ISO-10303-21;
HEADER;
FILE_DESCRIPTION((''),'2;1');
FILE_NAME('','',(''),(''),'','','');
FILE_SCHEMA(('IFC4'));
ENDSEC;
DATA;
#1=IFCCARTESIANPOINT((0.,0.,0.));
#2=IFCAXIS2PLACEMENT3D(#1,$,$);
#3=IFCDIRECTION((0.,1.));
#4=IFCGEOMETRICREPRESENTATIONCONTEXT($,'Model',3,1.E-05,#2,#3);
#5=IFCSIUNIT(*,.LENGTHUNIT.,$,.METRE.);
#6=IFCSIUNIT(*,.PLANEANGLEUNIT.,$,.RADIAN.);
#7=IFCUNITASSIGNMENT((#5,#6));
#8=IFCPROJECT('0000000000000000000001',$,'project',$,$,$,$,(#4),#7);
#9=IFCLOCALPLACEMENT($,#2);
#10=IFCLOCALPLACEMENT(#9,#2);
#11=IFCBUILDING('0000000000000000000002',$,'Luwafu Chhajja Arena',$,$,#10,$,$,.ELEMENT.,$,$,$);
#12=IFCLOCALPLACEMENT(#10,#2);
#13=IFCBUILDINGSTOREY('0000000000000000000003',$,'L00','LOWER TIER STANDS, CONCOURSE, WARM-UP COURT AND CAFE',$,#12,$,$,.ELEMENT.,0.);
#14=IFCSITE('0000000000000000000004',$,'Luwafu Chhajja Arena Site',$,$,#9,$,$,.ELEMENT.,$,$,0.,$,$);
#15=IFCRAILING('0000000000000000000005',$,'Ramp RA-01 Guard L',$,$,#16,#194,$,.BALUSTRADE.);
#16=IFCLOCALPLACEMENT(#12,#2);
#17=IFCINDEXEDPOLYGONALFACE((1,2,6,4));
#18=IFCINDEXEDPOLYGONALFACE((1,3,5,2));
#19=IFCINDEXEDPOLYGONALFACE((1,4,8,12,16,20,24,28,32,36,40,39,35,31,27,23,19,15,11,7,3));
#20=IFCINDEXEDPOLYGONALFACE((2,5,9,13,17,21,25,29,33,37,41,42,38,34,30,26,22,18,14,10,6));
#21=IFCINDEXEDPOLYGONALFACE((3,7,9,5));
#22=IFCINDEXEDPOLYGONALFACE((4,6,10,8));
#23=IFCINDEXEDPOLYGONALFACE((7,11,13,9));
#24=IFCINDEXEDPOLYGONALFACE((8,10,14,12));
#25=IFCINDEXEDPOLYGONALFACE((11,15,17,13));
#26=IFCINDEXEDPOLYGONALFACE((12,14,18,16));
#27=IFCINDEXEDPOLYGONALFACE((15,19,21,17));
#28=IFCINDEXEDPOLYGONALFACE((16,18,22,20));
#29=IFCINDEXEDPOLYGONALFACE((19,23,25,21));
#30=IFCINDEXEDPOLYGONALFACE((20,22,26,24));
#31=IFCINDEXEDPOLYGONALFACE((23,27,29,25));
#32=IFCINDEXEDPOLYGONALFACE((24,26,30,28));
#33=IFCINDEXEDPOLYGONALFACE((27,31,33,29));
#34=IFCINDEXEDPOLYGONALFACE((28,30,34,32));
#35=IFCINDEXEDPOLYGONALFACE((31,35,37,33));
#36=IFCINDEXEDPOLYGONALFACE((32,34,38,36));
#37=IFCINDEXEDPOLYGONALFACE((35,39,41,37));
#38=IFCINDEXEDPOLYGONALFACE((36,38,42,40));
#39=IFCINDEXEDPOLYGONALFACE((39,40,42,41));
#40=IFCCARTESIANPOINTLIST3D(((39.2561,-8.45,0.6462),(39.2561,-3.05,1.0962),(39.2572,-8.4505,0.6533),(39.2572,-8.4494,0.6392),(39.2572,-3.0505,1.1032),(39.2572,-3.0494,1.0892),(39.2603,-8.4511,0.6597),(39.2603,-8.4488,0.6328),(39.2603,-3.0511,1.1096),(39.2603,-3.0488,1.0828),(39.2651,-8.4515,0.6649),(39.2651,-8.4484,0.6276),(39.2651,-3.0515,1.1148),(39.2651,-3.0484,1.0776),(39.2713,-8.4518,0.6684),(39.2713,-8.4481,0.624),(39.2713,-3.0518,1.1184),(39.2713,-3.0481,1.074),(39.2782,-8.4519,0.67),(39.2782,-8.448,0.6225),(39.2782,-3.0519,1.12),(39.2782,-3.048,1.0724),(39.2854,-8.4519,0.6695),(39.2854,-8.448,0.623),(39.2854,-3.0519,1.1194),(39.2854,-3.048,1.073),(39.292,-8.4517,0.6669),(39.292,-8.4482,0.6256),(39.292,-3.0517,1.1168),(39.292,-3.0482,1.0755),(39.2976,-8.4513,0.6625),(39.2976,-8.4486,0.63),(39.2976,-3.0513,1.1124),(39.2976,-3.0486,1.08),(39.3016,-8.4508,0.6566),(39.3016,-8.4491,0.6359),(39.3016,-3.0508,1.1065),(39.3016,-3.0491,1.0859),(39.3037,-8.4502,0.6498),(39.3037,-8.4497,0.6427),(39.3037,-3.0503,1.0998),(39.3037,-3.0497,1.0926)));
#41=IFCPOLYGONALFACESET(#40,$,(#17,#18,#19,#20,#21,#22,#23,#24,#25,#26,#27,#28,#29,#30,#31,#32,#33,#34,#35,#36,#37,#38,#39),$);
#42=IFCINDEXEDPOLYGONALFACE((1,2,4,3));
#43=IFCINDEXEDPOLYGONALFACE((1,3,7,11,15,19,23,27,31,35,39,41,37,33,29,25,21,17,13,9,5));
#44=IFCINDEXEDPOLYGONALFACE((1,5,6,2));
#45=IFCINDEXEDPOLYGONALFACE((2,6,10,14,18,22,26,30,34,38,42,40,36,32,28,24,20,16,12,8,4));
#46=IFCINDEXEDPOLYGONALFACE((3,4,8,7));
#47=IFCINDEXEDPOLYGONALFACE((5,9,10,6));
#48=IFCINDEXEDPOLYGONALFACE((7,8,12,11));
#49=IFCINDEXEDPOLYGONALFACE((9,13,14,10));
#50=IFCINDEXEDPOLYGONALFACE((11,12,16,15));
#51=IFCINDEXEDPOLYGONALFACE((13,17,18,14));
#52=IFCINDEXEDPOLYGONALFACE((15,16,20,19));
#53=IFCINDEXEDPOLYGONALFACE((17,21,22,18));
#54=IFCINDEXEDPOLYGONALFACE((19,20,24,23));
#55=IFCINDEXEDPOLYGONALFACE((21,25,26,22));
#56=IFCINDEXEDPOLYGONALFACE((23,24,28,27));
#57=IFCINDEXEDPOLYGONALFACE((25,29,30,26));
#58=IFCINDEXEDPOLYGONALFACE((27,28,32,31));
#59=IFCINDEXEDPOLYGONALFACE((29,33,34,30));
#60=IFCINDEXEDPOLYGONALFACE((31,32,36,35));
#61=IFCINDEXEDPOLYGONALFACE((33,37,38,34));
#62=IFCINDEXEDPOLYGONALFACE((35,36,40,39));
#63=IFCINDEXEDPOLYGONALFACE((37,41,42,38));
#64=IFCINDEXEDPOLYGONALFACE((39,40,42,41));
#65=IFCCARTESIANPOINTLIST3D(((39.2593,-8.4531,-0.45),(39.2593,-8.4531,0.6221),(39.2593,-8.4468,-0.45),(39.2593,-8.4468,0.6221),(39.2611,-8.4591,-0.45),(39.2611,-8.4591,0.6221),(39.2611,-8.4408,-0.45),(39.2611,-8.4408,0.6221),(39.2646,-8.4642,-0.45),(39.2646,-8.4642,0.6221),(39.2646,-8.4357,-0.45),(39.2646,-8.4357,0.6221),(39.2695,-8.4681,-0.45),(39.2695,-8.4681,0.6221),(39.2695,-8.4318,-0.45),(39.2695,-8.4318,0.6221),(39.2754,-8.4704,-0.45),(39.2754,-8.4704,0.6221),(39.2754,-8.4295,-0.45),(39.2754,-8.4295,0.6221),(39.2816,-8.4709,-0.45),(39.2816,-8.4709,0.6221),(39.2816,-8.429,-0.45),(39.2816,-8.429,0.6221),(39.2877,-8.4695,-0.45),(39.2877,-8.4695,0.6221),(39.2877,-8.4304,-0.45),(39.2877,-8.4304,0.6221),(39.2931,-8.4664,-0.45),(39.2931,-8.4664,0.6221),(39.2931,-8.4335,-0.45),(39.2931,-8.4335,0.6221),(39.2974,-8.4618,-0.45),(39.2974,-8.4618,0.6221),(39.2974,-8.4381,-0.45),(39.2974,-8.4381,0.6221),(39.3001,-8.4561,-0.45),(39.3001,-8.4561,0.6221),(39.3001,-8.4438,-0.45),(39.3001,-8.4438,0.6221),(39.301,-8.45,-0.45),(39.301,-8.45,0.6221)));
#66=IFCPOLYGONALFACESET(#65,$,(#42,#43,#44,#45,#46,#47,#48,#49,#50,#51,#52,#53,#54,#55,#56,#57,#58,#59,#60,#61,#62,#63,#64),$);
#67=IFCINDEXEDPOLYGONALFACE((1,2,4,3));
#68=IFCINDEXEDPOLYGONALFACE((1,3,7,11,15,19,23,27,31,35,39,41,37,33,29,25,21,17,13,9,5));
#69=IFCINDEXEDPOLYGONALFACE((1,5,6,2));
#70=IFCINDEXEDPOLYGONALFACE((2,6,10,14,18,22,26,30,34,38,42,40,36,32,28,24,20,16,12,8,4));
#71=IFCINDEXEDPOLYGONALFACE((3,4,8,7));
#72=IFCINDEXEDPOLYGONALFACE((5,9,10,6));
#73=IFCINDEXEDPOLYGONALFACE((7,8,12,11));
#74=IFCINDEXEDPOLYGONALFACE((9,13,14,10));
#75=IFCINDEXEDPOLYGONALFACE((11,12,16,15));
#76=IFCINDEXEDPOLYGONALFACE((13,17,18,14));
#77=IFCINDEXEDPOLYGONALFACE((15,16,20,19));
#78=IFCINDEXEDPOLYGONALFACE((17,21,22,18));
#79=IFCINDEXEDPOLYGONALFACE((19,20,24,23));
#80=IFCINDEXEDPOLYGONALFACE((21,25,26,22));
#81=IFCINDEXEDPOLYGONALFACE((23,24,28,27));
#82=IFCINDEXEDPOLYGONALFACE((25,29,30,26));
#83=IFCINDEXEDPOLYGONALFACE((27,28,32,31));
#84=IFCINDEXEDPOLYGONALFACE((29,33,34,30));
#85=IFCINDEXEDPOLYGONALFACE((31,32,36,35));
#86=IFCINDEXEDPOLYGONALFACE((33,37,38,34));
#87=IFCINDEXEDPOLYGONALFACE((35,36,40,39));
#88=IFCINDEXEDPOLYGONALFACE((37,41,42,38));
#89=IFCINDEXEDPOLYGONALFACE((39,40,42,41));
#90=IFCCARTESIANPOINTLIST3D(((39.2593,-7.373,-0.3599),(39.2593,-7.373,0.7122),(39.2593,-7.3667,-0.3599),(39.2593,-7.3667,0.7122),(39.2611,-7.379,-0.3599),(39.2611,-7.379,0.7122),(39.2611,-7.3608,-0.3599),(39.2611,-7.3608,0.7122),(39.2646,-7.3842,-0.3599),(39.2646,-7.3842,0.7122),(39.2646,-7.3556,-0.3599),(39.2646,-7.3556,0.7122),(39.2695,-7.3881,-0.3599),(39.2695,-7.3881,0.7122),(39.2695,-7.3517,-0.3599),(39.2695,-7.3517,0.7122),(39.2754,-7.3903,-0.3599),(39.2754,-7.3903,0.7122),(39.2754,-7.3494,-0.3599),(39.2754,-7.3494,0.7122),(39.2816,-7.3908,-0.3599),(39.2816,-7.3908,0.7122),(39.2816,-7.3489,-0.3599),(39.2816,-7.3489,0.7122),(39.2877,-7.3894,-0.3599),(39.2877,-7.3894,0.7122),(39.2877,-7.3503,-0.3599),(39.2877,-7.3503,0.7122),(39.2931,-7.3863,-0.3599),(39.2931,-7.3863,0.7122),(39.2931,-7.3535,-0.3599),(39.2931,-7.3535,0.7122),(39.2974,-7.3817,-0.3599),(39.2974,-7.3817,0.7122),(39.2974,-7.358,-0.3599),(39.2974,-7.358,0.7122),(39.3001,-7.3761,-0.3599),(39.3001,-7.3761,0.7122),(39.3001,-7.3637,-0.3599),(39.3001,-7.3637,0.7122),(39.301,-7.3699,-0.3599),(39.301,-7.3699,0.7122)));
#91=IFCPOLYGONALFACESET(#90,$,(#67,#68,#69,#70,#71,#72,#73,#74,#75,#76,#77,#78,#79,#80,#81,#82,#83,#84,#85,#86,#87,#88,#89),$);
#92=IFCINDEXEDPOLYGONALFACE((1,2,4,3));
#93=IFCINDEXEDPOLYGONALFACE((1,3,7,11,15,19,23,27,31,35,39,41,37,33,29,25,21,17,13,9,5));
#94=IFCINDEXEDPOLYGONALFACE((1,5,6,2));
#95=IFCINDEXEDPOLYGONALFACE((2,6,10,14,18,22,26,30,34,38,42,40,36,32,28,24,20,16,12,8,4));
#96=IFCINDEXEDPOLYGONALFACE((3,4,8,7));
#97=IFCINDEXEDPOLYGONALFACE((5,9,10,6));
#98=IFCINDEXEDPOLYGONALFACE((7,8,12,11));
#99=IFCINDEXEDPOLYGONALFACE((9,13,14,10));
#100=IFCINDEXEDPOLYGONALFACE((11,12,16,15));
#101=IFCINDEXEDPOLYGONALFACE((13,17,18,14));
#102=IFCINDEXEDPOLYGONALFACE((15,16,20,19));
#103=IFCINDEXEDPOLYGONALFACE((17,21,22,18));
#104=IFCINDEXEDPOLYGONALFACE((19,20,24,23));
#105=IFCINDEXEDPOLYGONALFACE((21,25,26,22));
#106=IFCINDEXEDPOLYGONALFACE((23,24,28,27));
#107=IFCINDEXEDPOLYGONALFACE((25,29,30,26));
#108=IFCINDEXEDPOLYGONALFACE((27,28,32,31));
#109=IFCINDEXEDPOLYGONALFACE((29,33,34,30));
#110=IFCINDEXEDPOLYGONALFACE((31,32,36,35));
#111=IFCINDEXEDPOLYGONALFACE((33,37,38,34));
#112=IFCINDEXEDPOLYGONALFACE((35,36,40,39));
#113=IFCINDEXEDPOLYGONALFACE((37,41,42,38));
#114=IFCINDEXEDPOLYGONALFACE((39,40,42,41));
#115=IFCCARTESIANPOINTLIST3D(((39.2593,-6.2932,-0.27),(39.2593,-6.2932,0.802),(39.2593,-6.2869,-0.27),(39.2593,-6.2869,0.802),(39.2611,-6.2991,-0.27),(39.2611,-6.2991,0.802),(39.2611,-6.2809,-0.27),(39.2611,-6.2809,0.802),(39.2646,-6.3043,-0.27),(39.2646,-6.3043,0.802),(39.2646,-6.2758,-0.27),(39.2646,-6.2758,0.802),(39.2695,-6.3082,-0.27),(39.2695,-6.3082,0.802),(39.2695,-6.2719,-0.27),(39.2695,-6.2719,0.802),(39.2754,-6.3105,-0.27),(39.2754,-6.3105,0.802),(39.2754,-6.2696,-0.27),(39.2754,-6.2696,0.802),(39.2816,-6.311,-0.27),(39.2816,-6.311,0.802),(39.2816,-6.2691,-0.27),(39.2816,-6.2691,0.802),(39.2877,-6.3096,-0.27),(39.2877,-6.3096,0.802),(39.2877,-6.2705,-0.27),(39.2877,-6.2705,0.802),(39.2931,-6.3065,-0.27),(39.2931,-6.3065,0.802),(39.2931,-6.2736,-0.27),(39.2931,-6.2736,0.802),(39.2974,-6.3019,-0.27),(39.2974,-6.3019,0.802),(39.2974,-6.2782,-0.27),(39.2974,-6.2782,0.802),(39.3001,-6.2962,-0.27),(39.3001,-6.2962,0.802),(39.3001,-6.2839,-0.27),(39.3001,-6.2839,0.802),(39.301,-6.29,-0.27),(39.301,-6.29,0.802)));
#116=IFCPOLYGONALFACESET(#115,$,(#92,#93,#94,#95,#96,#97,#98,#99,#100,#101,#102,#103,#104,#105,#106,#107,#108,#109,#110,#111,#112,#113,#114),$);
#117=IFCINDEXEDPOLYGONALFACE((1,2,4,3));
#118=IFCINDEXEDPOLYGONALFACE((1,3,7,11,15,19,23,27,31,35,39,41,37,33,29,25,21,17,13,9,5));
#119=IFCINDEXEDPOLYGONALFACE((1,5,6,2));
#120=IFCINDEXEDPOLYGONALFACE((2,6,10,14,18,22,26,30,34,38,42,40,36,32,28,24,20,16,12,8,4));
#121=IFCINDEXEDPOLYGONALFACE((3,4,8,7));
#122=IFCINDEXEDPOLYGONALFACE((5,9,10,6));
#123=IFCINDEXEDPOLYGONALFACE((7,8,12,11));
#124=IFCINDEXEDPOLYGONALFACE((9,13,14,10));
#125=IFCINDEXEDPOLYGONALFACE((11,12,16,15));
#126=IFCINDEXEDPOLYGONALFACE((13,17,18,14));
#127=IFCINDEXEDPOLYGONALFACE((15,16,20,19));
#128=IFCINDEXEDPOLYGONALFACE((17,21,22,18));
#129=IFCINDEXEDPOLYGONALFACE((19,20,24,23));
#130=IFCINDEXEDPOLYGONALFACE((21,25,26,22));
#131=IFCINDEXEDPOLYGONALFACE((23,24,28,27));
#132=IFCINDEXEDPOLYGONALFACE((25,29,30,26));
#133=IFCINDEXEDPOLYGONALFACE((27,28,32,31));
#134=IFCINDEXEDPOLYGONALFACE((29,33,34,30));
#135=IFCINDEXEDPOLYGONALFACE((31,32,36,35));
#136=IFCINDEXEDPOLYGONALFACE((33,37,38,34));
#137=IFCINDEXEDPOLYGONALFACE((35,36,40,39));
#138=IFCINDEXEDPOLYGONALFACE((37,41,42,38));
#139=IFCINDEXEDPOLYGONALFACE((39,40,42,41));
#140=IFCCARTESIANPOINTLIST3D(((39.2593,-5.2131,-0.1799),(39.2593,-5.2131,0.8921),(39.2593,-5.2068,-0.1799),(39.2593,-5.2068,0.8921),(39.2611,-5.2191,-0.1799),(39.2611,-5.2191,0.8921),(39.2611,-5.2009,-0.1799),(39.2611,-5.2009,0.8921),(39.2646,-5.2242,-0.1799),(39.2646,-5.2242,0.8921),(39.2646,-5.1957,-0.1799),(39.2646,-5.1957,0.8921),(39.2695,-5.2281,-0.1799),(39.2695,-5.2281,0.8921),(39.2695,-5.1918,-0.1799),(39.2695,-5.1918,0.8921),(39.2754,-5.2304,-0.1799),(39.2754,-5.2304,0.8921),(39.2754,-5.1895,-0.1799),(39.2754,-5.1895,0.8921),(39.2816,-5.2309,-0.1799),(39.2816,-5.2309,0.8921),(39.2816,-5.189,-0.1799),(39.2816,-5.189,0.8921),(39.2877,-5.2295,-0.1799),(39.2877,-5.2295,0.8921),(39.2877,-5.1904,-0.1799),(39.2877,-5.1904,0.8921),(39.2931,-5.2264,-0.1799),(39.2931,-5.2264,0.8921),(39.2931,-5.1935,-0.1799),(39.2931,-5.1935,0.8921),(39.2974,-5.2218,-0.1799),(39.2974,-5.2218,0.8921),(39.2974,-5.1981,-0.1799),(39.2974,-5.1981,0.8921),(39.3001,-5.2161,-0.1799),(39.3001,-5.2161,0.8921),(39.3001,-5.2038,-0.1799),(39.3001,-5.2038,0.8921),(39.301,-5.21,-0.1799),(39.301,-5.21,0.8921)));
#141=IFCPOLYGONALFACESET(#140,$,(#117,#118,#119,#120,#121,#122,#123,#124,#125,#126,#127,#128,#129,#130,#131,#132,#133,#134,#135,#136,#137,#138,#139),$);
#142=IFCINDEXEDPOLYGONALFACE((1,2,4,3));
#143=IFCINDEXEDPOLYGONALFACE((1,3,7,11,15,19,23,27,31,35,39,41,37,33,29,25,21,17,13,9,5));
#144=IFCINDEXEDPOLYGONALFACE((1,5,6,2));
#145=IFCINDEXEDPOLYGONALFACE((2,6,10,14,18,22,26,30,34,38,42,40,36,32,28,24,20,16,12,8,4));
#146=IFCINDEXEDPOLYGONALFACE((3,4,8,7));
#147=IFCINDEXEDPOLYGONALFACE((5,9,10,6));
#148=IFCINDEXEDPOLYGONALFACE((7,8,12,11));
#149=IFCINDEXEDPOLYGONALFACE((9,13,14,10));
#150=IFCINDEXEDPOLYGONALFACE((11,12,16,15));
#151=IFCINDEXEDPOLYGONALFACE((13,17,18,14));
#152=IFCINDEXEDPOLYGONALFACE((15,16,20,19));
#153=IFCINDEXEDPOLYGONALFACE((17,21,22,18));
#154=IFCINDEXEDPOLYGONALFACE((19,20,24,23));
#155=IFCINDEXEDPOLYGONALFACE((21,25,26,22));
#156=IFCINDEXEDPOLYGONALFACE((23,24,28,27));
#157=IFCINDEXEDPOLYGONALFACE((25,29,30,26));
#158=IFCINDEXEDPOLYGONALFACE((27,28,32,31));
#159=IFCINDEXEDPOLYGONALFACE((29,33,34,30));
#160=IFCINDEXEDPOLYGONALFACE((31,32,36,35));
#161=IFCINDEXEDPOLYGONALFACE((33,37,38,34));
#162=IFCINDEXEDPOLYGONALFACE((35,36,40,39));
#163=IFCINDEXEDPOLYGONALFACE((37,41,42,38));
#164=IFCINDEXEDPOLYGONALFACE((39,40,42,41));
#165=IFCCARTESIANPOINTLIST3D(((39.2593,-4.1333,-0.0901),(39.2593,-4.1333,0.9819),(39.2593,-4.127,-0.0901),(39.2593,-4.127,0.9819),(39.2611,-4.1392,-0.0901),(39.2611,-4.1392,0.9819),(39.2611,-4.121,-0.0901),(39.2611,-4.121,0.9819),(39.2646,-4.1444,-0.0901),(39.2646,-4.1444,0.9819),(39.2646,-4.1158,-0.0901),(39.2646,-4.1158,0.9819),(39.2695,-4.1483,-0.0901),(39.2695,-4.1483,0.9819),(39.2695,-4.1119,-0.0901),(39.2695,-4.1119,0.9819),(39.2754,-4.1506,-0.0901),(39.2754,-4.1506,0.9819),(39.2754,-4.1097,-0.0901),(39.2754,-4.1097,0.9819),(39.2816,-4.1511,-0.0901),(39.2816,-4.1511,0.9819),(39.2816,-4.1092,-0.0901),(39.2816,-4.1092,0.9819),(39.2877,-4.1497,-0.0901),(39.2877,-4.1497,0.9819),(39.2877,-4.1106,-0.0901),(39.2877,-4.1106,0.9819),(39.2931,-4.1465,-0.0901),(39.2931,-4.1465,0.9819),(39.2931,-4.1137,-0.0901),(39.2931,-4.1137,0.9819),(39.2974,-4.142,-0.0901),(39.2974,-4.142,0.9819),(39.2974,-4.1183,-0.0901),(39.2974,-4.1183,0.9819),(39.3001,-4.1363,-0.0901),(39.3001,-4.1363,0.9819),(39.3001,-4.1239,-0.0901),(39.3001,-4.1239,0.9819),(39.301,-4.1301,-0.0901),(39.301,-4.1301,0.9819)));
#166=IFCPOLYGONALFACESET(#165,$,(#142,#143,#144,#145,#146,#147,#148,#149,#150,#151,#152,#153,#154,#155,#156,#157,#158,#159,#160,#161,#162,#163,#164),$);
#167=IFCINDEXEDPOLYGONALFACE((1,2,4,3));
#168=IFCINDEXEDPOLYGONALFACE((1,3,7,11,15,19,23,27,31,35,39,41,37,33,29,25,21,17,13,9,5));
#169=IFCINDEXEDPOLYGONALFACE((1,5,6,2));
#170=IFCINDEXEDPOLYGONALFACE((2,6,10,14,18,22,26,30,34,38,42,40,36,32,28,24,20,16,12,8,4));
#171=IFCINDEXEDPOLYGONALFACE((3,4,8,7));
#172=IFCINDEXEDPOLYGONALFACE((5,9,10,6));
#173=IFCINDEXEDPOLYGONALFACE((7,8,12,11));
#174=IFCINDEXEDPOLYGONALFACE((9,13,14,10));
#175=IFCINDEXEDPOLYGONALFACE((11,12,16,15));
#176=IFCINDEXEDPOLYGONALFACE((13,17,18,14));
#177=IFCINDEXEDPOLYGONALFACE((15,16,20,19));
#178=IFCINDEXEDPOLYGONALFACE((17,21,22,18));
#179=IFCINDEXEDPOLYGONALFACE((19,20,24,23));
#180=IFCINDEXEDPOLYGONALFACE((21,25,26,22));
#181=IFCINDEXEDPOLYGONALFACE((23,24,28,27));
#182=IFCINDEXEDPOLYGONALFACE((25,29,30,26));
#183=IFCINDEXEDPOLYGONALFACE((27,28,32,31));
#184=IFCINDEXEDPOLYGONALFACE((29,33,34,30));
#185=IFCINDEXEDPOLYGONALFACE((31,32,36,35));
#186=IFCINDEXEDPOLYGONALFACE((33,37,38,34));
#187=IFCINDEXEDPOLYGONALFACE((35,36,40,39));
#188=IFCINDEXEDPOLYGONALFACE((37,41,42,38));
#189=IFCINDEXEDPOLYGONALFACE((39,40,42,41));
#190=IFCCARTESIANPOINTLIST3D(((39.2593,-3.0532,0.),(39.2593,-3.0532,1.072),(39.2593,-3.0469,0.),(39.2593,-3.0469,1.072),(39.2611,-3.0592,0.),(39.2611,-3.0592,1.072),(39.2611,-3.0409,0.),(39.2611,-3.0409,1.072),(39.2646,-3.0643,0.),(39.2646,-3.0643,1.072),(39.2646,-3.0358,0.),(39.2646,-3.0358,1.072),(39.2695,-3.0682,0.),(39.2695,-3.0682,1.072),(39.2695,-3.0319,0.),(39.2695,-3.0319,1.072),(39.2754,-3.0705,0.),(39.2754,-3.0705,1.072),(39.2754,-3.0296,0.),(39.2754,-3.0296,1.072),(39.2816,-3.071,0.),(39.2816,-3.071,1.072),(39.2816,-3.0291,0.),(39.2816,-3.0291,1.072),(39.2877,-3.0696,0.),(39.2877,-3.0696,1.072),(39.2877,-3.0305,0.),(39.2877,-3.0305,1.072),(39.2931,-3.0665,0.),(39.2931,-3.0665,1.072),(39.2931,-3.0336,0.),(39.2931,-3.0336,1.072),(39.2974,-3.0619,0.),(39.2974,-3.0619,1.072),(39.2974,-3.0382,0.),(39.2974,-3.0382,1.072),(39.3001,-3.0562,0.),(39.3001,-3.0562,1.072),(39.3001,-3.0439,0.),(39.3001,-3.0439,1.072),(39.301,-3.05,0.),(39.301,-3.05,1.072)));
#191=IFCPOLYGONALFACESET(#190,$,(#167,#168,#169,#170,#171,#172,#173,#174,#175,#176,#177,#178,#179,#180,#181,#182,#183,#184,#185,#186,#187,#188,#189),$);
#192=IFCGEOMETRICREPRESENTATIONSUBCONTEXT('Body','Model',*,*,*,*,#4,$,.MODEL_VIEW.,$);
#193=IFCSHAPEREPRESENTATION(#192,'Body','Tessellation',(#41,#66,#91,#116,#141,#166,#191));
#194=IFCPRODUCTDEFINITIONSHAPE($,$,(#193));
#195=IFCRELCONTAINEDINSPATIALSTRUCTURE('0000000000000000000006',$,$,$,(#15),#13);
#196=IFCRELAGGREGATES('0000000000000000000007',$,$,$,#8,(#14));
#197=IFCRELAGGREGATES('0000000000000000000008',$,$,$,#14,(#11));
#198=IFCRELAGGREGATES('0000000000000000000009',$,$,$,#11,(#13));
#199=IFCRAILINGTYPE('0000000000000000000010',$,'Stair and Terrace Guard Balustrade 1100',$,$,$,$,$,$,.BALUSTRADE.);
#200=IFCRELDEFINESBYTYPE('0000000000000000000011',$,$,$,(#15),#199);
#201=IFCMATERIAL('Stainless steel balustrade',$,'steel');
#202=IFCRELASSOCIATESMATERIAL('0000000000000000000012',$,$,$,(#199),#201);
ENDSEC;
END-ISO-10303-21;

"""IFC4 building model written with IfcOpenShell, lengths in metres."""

from ifc_helpers import new_model, si_unit, direction, frame, origin, origin_2d, place, context, subcontext, project, spatial, circle, extrude, material, type_object, element, save


model = new_model("IFC4")

# Units and contexts
model_context = context("Model", 3, precision=1e-05, world=origin(), true_north=direction((0.0, 1.0)))
body_context = subcontext(model_context, "Body", "Model", "MODEL_VIEW")
ifc_project = project(units=[si_unit("LENGTHUNIT", "METRE"), si_unit("PLANEANGLEUNIT", "RADIAN")], contexts=[model_context])

# Site, building, storey
site_placement = place(None, origin())
site = spatial("IfcSite", under=ifc_project, at=site_placement, Name="Luwafu Chhajja Arena Site", CompositionType="ELEMENT", RefElevation=0.0)
building_placement = place(site_placement, origin())
building = spatial("IfcBuilding", under=site, at=building_placement, Name="Luwafu Chhajja Arena", CompositionType="ELEMENT")
storey_placement = place(building_placement, origin())
storey = spatial("IfcBuildingStorey", under=building, at=storey_placement, Name="L00", Description="LOWER TIER STANDS, CONCOURSE, WARM-UP COURT AND CAFE", CompositionType="ELEMENT", Elevation=0.0)

# Railing
ifc_material_1 = material(Name="Stainless steel balustrade", Category="steel")
railing_type = type_object("IfcRailingType", Name="Stair and Terrace Guard Balustrade 1100", PredefinedType="BALUSTRADE", material=ifc_material_1)
for number, where, name in (
    (1, (39.28, -8.45, -0.45), "Ramp RA-01 Guard L"),
):
    element("IfcRailing", number, at=place(storey_placement, frame(where)), inside=storey, type_object=railing_type, Name=name, PredefinedType="BALUSTRADE", context=body_context, shape_type="SweptSolid", body=[
        extrude(circle(Radius=0.0239, at=origin_2d()), frame((0.0, 0.0, 1.0962), z_axis=(0.0, 0.996546, 0.083038), x_axis=(-1.0, 0.0, 0.0)), (0.0, 0.0, 1.0), 5.4187),
        extrude(circle(Radius=0.021, at=origin_2d()), origin(), (0.0, 0.0, 1.0), 1.072),
        extrude(circle(Radius=0.021, at=origin_2d()), frame((0.0, 1.0801, 0.0901)), (0.0, 0.0, 1.0), 1.072),
        extrude(circle(Radius=0.021, at=origin_2d()), frame((0.0, 2.1599, 0.1799)), (0.0, 0.0, 1.0), 1.072),
        extrude(circle(Radius=0.021, at=origin_2d()), frame((0.0, 3.24, 0.27)), (0.0, 0.0, 1.0), 1.072),
        extrude(circle(Radius=0.021, at=origin_2d()), frame((0.0, 4.3198, 0.3599)), (0.0, 0.0, 1.0), 1.072),
        extrude(circle(Radius=0.021, at=origin_2d()), frame((0.0, 5.3999, 0.45)), (0.0, 0.0, 1.0), 1.072),
    ])

save(model, "model.ifc")
